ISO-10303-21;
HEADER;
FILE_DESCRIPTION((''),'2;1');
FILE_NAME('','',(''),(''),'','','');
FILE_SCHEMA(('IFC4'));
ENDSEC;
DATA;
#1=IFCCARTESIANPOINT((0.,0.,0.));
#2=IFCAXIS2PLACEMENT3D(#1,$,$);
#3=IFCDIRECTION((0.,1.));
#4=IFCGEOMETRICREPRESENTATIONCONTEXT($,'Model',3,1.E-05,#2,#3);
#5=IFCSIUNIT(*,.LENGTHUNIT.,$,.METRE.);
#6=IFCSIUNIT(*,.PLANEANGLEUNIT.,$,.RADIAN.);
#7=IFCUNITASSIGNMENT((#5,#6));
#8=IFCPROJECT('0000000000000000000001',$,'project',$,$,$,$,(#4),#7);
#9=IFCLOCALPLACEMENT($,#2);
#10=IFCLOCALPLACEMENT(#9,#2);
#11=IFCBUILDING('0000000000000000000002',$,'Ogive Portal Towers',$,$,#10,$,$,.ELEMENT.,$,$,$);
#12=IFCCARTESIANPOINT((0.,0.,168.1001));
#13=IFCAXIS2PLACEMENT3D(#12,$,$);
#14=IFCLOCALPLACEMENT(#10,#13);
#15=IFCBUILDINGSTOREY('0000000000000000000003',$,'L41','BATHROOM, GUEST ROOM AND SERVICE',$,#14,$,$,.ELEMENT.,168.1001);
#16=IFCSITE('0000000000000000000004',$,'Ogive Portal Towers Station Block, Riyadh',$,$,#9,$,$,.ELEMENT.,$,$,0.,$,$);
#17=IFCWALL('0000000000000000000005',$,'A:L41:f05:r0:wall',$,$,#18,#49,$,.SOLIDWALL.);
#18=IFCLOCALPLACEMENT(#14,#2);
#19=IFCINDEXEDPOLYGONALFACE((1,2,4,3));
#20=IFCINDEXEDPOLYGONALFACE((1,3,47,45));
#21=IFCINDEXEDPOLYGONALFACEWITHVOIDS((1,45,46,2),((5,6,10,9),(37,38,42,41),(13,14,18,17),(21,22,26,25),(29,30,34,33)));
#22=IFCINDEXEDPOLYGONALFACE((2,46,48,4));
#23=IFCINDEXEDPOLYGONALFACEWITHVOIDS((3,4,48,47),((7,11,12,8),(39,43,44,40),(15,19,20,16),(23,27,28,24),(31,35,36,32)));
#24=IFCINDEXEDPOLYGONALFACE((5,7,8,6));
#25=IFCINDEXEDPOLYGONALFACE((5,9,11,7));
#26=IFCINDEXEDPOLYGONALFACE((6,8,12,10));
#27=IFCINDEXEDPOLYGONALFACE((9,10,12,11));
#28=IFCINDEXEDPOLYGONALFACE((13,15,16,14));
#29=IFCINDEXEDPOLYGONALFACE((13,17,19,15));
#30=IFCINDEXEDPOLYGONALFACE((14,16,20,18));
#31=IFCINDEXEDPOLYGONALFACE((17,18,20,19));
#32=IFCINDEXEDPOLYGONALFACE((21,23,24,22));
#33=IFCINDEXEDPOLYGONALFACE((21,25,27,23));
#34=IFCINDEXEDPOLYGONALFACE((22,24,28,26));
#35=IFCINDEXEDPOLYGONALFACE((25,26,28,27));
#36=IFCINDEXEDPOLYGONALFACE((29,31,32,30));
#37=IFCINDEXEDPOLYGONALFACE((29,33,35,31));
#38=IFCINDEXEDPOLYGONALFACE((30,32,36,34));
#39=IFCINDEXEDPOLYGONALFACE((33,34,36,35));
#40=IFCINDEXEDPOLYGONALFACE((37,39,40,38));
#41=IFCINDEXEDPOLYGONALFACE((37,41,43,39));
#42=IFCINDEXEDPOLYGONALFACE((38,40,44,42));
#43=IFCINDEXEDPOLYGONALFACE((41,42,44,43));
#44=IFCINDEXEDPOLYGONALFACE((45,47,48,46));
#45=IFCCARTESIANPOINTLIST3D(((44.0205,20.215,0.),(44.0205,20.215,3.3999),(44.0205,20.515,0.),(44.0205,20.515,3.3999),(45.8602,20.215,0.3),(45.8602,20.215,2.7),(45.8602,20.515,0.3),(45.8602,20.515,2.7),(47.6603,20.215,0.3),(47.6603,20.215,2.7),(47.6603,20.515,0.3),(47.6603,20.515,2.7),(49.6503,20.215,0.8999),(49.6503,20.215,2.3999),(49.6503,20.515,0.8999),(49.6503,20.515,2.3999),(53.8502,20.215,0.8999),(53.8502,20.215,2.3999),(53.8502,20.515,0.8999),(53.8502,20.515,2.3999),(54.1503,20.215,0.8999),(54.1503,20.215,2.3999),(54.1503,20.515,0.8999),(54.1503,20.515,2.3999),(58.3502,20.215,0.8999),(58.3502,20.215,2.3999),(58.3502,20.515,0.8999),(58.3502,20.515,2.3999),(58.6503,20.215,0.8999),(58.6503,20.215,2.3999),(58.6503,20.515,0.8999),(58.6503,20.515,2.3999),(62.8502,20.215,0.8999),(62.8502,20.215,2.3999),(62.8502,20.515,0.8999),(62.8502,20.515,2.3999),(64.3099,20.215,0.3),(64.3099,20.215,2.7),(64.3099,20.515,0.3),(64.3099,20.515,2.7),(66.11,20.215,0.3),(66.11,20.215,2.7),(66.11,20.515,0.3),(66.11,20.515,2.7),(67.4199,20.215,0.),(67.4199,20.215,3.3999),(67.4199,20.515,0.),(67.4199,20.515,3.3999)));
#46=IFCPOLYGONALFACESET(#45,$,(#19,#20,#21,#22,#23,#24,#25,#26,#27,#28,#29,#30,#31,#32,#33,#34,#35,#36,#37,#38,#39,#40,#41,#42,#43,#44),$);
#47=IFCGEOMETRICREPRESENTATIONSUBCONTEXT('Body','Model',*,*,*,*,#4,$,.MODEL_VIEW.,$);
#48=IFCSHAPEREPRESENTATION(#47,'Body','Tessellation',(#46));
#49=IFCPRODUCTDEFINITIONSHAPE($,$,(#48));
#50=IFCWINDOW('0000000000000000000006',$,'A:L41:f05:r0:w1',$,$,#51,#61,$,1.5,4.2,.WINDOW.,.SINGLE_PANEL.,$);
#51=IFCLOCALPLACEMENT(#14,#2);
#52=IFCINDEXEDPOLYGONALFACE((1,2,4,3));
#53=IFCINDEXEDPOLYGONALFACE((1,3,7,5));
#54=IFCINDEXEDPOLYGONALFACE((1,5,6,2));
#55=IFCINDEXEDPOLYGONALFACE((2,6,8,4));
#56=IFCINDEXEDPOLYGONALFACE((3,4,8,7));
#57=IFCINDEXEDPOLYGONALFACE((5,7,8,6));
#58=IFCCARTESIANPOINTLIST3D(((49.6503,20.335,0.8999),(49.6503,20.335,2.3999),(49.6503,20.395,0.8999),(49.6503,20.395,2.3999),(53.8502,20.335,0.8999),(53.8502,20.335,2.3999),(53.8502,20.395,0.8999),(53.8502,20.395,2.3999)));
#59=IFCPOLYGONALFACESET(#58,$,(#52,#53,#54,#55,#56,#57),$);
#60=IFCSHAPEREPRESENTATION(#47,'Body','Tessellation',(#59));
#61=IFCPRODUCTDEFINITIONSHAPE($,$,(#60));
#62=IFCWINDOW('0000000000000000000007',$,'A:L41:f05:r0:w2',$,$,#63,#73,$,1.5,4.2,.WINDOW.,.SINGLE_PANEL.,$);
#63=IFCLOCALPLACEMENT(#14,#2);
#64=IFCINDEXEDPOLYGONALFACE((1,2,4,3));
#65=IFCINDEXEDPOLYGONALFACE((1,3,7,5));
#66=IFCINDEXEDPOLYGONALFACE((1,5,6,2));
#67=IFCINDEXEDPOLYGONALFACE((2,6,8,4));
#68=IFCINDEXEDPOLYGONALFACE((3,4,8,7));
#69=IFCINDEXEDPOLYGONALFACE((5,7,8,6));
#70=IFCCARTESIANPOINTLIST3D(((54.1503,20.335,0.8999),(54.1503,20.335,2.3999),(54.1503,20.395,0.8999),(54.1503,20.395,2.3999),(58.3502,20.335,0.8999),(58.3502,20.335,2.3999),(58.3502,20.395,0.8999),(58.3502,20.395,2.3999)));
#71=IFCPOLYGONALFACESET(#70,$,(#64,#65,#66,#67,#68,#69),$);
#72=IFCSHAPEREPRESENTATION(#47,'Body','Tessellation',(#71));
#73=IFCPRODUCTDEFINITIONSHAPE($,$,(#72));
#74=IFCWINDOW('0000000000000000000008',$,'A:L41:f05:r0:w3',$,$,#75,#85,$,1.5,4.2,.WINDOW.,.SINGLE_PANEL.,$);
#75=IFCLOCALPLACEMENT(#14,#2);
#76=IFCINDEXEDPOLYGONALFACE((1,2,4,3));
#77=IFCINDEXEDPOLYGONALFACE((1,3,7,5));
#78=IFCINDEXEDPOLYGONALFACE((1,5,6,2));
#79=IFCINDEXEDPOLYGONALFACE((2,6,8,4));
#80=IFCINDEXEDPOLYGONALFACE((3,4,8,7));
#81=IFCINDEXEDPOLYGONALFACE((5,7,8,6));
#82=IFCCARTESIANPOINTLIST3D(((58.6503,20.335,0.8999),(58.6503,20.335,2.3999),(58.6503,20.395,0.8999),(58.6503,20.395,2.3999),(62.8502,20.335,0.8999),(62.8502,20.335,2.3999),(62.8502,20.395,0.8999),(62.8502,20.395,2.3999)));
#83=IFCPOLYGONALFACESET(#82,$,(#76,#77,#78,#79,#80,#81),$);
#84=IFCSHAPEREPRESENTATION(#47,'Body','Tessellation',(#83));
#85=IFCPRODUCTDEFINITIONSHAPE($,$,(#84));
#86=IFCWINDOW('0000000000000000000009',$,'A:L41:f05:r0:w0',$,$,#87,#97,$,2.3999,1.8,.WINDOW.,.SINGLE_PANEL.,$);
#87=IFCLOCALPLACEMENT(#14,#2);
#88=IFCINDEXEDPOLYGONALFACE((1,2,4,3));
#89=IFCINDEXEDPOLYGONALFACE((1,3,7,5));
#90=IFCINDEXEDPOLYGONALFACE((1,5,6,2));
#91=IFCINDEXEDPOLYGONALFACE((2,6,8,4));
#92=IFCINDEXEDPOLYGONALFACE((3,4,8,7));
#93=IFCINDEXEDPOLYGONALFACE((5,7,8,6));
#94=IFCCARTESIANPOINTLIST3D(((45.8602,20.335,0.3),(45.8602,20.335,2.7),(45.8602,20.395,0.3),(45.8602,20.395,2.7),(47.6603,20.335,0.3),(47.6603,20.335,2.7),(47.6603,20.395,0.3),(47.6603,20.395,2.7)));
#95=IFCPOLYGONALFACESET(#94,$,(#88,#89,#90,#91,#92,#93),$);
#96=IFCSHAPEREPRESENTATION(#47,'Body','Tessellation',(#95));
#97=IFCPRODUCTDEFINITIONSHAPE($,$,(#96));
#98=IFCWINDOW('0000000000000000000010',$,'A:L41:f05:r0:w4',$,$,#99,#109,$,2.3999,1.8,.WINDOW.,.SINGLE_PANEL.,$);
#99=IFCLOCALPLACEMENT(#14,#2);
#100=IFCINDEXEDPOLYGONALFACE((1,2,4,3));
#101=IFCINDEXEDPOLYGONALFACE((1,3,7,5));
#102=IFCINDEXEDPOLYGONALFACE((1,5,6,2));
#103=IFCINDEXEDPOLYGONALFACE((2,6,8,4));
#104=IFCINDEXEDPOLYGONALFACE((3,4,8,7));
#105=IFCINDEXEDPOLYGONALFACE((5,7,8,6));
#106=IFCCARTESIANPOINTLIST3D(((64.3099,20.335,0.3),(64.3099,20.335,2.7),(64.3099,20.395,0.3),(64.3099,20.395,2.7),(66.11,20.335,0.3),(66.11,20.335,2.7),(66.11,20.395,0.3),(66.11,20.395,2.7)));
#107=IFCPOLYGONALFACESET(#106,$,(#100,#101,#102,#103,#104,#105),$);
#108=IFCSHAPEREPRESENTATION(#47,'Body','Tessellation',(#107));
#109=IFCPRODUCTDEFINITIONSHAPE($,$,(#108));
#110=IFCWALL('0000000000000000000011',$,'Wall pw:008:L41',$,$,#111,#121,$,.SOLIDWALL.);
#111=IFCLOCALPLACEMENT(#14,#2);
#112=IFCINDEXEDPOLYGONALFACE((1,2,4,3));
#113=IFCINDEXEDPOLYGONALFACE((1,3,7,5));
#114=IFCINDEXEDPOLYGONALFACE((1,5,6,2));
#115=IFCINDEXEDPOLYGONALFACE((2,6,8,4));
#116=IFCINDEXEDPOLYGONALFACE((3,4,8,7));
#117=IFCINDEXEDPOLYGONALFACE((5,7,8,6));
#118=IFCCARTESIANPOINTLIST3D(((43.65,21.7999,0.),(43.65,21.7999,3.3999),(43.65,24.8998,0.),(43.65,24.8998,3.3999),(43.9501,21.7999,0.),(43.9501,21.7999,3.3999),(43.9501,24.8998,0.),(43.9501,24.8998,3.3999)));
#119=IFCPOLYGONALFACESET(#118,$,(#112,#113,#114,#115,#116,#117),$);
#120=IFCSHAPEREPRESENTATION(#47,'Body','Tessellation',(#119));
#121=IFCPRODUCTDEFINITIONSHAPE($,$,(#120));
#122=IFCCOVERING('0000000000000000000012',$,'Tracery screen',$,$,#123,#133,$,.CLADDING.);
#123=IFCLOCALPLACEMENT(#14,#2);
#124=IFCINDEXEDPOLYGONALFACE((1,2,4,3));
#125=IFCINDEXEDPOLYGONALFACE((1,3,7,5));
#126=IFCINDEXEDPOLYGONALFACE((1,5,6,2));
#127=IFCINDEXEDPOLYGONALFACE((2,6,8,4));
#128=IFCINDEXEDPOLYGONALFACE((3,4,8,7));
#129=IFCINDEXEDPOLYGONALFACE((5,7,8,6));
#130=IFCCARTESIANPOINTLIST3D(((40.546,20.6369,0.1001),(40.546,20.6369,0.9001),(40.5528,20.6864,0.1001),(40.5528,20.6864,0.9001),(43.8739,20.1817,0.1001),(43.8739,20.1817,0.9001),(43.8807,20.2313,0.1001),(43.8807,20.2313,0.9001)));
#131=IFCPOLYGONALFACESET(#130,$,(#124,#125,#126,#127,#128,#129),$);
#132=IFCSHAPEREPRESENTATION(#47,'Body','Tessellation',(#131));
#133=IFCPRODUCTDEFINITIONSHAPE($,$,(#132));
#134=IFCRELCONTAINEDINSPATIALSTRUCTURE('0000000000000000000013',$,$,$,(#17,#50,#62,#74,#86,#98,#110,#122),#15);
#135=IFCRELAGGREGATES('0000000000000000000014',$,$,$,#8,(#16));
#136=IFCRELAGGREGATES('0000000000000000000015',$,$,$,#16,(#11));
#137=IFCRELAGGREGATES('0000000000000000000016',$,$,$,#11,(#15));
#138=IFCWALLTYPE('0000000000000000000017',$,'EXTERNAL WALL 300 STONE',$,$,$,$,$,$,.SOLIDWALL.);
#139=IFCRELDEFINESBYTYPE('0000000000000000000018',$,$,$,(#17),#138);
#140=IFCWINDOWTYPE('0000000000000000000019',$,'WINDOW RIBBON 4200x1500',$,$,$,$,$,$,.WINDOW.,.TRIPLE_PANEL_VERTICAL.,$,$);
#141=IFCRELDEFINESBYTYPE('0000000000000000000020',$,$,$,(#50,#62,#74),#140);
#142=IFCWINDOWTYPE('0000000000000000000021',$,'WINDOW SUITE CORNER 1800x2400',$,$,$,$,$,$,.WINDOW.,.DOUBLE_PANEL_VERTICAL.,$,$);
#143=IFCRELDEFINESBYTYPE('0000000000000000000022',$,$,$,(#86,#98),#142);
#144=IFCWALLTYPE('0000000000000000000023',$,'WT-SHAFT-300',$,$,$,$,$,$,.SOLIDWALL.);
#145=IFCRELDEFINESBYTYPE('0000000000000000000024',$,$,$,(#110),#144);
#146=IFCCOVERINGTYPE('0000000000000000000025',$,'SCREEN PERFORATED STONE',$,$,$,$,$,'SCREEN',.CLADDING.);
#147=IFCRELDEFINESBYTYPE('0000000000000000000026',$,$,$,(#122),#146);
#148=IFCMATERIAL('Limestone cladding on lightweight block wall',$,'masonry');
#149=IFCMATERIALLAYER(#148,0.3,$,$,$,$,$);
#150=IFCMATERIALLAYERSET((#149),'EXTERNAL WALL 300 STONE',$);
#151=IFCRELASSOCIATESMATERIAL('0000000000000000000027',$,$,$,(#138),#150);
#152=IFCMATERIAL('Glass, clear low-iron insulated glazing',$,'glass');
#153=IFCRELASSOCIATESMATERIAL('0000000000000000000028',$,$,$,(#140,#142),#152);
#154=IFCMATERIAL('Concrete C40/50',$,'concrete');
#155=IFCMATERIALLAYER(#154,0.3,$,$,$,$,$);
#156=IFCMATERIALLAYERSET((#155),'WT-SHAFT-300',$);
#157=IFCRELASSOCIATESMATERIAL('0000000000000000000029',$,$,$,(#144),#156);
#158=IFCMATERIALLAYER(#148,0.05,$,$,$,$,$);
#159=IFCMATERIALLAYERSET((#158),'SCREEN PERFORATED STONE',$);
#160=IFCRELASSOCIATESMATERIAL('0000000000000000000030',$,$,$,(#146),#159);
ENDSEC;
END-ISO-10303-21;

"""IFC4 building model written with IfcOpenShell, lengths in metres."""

from ifc_helpers import new_model, si_unit, direction, frame, frame_2d, origin, origin_2d, place, context, subcontext, project, spatial, rectangle, extrude, material, layer, layer_set, type_object, element, fill, save


model = new_model("IFC4")

# Units and contexts
model_context = context("Model", 3, precision=1e-05, world=origin(), true_north=direction((0.0, 1.0)))
body_context = subcontext(model_context, "Body", "Model", "MODEL_VIEW")
ifc_project = project(units=[si_unit("LENGTHUNIT", "METRE"), si_unit("PLANEANGLEUNIT", "RADIAN")], contexts=[model_context])

# Site, building, storey
site_placement = place(None, origin())
site = spatial("IfcSite", under=ifc_project, at=site_placement, Name="Ogive Portal Towers Station Block, Riyadh", CompositionType="ELEMENT", RefElevation=0.0)
building_placement = place(site_placement, origin())
building = spatial("IfcBuilding", under=site, at=building_placement, Name="Ogive Portal Towers", CompositionType="ELEMENT")
storey_placement = place(building_placement, frame((0.0, 0.0, 168.1001)))
storey = spatial("IfcBuildingStorey", under=building, at=storey_placement, Name="L41", Description="BATHROOM, GUEST ROOM AND SERVICE", CompositionType="ELEMENT", Elevation=168.1001)

# Shared definitions
ifc_material_1 = material(Name="Limestone cladding on lightweight block wall", Category="masonry")
ifc_layer_1 = layer(ifc_material_1, 0.3)
ifc_layer_set_1 = layer_set([ifc_layer_1], Name="EXTERNAL WALL 300 STONE")
wall_type_1 = type_object("IfcWallType", Name="EXTERNAL WALL 300 STONE", PredefinedType="SOLIDWALL", material=ifc_layer_set_1)
ifc_material_2 = material(Name="Glass, clear low-iron insulated glazing", Category="glass")

# Wall, openings, windows
wall_1_placement = place(storey_placement, frame((44.0205, 20.365, 0.0), z_axis=(0.0, 0.0, 1.0), x_axis=(1.0, 0.0, 0.0)))
wall_1 = element("IfcWall", 1, at=wall_1_placement, inside=storey, type_object=wall_type_1, Name="A:L41:f05:r0:wall", PredefinedType="SOLIDWALL", context=body_context, shape_type="SweptSolid", body=[
    extrude(rectangle(XDim=23.3994, YDim=0.3, at=frame_2d((11.6997, 0.0))), origin(), (0.0, 0.0, 1.0), 3.3999),
])
opening_1_placement = place(wall_1_placement, frame((1.8398, 0.0, 0.3)))
opening_1 = element("IfcOpeningElement", 2, at=opening_1_placement, cuts=wall_1, PredefinedType="OPENING", context=body_context, shape_type="SweptSolid", body=[
    extrude(rectangle(XDim=1.8, YDim=2.3999, at=frame_2d((0.8999, 1.2))), frame((0.0, 0.1602, 0.0), z_axis=(0.0, -1.0, 0.0), x_axis=(1.0, 0.0, 0.0)), (0.0, 0.0, 1.0), 0.3201),
])
opening_2_placement = place(wall_1_placement, frame((5.6296, 0.0, 0.8999)))
opening_2 = element("IfcOpeningElement", 3, at=opening_2_placement, cuts=wall_1, PredefinedType="OPENING", context=body_context, shape_type="SweptSolid", body=[
    extrude(rectangle(XDim=4.2, YDim=1.5, at=frame_2d((2.1001, 0.75))), frame((0.0, 0.1602, 0.0), z_axis=(0.0, -1.0, 0.0), x_axis=(1.0, 0.0, 0.0)), (0.0, 0.0, 1.0), 0.3201),
])
opening_3_placement = place(wall_1_placement, frame((10.1296, 0.0, 0.8999)))
opening_3 = element("IfcOpeningElement", 4, at=opening_3_placement, cuts=wall_1, PredefinedType="OPENING", context=body_context, shape_type="SweptSolid", body=[
    extrude(rectangle(XDim=4.2, YDim=1.5, at=frame_2d((2.1001, 0.75))), frame((0.0, 0.1602, 0.0), z_axis=(0.0, -1.0, 0.0), x_axis=(1.0, 0.0, 0.0)), (0.0, 0.0, 1.0), 0.3201),
])
opening_4_placement = place(wall_1_placement, frame((14.6296, 0.0, 0.8999)))
opening_4 = element("IfcOpeningElement", 5, at=opening_4_placement, cuts=wall_1, PredefinedType="OPENING", context=body_context, shape_type="SweptSolid", body=[
    extrude(rectangle(XDim=4.2, YDim=1.5, at=frame_2d((2.1001, 0.75))), frame((0.0, 0.1602, 0.0), z_axis=(0.0, -1.0, 0.0), x_axis=(1.0, 0.0, 0.0)), (0.0, 0.0, 1.0), 0.3201),
])
opening_5_placement = place(wall_1_placement, frame((20.2896, 0.0, 0.3)))
opening_5 = element("IfcOpeningElement", 6, at=opening_5_placement, cuts=wall_1, PredefinedType="OPENING", context=body_context, shape_type="SweptSolid", body=[
    extrude(rectangle(XDim=1.8, YDim=2.3999, at=frame_2d((0.8999, 1.2))), frame((0.0, 0.1602, 0.0), z_axis=(0.0, -1.0, 0.0), x_axis=(1.0, 0.0, 0.0)), (0.0, 0.0, 1.0), 0.3201),
])
window_type_1 = type_object("IfcWindowType", Name="WINDOW RIBBON 4200x1500", PartitioningType="TRIPLE_PANEL_VERTICAL", PredefinedType="WINDOW", material=ifc_material_2)
window_1_placement = place(opening_2_placement, origin())
window_1 = element("IfcWindow", 7, at=window_1_placement, inside=storey, type_object=window_type_1, Name="A:L41:f05:r0:w1", OverallHeight=1.5, OverallWidth=4.2, PartitioningType="SINGLE_PANEL", PredefinedType="WINDOW", context=body_context, shape_type="SweptSolid", body=[
    extrude(rectangle(XDim=4.2, YDim=1.5, at=frame_2d((2.1001, 0.75))), frame((0.0, 0.03, 0.0), z_axis=(0.0, -1.0, 0.0), x_axis=(1.0, 0.0, 0.0)), (0.0, 0.0, 1.0), 0.0601),
])
fill(opening_2, window_1)
window_2_placement = place(opening_3_placement, origin())
window_2 = element("IfcWindow", 8, at=window_2_placement, inside=storey, type_object=window_type_1, Name="A:L41:f05:r0:w2", OverallHeight=1.5, OverallWidth=4.2, PartitioningType="SINGLE_PANEL", PredefinedType="WINDOW", context=body_context, shape_type="SweptSolid", body=[
    extrude(rectangle(XDim=4.2, YDim=1.5, at=frame_2d((2.1001, 0.75))), frame((0.0, 0.03, 0.0), z_axis=(0.0, -1.0, 0.0), x_axis=(1.0, 0.0, 0.0)), (0.0, 0.0, 1.0), 0.0601),
])
fill(opening_3, window_2)
window_3_placement = place(opening_4_placement, origin())
window_3 = element("IfcWindow", 9, at=window_3_placement, inside=storey, type_object=window_type_1, Name="A:L41:f05:r0:w3", OverallHeight=1.5, OverallWidth=4.2, PartitioningType="SINGLE_PANEL", PredefinedType="WINDOW", context=body_context, shape_type="SweptSolid", body=[
    extrude(rectangle(XDim=4.2, YDim=1.5, at=frame_2d((2.1001, 0.75))), frame((0.0, 0.03, 0.0), z_axis=(0.0, -1.0, 0.0), x_axis=(1.0, 0.0, 0.0)), (0.0, 0.0, 1.0), 0.0601),
])
fill(opening_4, window_3)
window_type_2 = type_object("IfcWindowType", Name="WINDOW SUITE CORNER 1800x2400", PartitioningType="DOUBLE_PANEL_VERTICAL", PredefinedType="WINDOW", material=ifc_material_2)
window_4_placement = place(opening_1_placement, origin())
window_4 = element("IfcWindow", 10, at=window_4_placement, inside=storey, type_object=window_type_2, Name="A:L41:f05:r0:w0", OverallHeight=2.3999, OverallWidth=1.8, PartitioningType="SINGLE_PANEL", PredefinedType="WINDOW", context=body_context, shape_type="SweptSolid", body=[
    extrude(rectangle(XDim=1.8, YDim=2.3999, at=frame_2d((0.8999, 1.2))), frame((0.0, 0.03, 0.0), z_axis=(0.0, -1.0, 0.0), x_axis=(1.0, 0.0, 0.0)), (0.0, 0.0, 1.0), 0.0601),
])
fill(opening_1, window_4)
window_5_placement = place(opening_5_placement, origin())
window_5 = element("IfcWindow", 11, at=window_5_placement, inside=storey, type_object=window_type_2, Name="A:L41:f05:r0:w4", OverallHeight=2.3999, OverallWidth=1.8, PartitioningType="SINGLE_PANEL", PredefinedType="WINDOW", context=body_context, shape_type="SweptSolid", body=[
    extrude(rectangle(XDim=1.8, YDim=2.3999, at=frame_2d((0.8999, 1.2))), frame((0.0, 0.03, 0.0), z_axis=(0.0, -1.0, 0.0), x_axis=(1.0, 0.0, 0.0)), (0.0, 0.0, 1.0), 0.0601),
])
fill(opening_5, window_5)

# Wall
ifc_material_3 = material(Name="Concrete C40/50", Category="concrete")
ifc_layer_2 = layer(ifc_material_3, 0.3)
ifc_layer_set_2 = layer_set([ifc_layer_2], Name="WT-SHAFT-300")
wall_type_2 = type_object("IfcWallType", Name="WT-SHAFT-300", PredefinedType="SOLIDWALL", material=ifc_layer_set_2)
wall_2_placement = place(storey_placement, frame((43.8, 21.8, 0.0), z_axis=(0.0, 0.0, 1.0), x_axis=(0.0, 1.0, 0.0)))
element("IfcWall", 12, at=wall_2_placement, inside=storey, type_object=wall_type_2, Name="Wall pw:008:L41", PredefinedType="SOLIDWALL", context=body_context, shape_type="SweptSolid", body=[
    extrude(rectangle(XDim=3.0999, YDim=0.3, at=frame_2d((1.5498, 0.0))), origin(), (0.0, 0.0, 1.0), 3.3999),
])

# Covering
ifc_layer_3 = layer(ifc_material_1, 0.05)
ifc_layer_set_3 = layer_set([ifc_layer_3], Name="SCREEN PERFORATED STONE")
covering_type = type_object("IfcCoveringType", Name="SCREEN PERFORATED STONE", ElementType="SCREEN", PredefinedType="CLADDING", material=ifc_layer_set_3)
covering_placement = place(storey_placement, frame((42.2134, 20.4341, 0.1001), z_axis=(0.0, 0.0, 1.0), x_axis=(0.990777, -0.1355, 0.0)))
element("IfcCovering", 13, at=covering_placement, inside=storey, type_object=covering_type, Name="Tracery screen", PredefinedType="CLADDING", context=body_context, shape_type="SweptSolid", body=[
    extrude(rectangle(XDim=3.3589, YDim=0.05, at=origin_2d()), origin(), (0.0, 0.0, 1.0), 0.8),
])

save(model, "model.ifc")
